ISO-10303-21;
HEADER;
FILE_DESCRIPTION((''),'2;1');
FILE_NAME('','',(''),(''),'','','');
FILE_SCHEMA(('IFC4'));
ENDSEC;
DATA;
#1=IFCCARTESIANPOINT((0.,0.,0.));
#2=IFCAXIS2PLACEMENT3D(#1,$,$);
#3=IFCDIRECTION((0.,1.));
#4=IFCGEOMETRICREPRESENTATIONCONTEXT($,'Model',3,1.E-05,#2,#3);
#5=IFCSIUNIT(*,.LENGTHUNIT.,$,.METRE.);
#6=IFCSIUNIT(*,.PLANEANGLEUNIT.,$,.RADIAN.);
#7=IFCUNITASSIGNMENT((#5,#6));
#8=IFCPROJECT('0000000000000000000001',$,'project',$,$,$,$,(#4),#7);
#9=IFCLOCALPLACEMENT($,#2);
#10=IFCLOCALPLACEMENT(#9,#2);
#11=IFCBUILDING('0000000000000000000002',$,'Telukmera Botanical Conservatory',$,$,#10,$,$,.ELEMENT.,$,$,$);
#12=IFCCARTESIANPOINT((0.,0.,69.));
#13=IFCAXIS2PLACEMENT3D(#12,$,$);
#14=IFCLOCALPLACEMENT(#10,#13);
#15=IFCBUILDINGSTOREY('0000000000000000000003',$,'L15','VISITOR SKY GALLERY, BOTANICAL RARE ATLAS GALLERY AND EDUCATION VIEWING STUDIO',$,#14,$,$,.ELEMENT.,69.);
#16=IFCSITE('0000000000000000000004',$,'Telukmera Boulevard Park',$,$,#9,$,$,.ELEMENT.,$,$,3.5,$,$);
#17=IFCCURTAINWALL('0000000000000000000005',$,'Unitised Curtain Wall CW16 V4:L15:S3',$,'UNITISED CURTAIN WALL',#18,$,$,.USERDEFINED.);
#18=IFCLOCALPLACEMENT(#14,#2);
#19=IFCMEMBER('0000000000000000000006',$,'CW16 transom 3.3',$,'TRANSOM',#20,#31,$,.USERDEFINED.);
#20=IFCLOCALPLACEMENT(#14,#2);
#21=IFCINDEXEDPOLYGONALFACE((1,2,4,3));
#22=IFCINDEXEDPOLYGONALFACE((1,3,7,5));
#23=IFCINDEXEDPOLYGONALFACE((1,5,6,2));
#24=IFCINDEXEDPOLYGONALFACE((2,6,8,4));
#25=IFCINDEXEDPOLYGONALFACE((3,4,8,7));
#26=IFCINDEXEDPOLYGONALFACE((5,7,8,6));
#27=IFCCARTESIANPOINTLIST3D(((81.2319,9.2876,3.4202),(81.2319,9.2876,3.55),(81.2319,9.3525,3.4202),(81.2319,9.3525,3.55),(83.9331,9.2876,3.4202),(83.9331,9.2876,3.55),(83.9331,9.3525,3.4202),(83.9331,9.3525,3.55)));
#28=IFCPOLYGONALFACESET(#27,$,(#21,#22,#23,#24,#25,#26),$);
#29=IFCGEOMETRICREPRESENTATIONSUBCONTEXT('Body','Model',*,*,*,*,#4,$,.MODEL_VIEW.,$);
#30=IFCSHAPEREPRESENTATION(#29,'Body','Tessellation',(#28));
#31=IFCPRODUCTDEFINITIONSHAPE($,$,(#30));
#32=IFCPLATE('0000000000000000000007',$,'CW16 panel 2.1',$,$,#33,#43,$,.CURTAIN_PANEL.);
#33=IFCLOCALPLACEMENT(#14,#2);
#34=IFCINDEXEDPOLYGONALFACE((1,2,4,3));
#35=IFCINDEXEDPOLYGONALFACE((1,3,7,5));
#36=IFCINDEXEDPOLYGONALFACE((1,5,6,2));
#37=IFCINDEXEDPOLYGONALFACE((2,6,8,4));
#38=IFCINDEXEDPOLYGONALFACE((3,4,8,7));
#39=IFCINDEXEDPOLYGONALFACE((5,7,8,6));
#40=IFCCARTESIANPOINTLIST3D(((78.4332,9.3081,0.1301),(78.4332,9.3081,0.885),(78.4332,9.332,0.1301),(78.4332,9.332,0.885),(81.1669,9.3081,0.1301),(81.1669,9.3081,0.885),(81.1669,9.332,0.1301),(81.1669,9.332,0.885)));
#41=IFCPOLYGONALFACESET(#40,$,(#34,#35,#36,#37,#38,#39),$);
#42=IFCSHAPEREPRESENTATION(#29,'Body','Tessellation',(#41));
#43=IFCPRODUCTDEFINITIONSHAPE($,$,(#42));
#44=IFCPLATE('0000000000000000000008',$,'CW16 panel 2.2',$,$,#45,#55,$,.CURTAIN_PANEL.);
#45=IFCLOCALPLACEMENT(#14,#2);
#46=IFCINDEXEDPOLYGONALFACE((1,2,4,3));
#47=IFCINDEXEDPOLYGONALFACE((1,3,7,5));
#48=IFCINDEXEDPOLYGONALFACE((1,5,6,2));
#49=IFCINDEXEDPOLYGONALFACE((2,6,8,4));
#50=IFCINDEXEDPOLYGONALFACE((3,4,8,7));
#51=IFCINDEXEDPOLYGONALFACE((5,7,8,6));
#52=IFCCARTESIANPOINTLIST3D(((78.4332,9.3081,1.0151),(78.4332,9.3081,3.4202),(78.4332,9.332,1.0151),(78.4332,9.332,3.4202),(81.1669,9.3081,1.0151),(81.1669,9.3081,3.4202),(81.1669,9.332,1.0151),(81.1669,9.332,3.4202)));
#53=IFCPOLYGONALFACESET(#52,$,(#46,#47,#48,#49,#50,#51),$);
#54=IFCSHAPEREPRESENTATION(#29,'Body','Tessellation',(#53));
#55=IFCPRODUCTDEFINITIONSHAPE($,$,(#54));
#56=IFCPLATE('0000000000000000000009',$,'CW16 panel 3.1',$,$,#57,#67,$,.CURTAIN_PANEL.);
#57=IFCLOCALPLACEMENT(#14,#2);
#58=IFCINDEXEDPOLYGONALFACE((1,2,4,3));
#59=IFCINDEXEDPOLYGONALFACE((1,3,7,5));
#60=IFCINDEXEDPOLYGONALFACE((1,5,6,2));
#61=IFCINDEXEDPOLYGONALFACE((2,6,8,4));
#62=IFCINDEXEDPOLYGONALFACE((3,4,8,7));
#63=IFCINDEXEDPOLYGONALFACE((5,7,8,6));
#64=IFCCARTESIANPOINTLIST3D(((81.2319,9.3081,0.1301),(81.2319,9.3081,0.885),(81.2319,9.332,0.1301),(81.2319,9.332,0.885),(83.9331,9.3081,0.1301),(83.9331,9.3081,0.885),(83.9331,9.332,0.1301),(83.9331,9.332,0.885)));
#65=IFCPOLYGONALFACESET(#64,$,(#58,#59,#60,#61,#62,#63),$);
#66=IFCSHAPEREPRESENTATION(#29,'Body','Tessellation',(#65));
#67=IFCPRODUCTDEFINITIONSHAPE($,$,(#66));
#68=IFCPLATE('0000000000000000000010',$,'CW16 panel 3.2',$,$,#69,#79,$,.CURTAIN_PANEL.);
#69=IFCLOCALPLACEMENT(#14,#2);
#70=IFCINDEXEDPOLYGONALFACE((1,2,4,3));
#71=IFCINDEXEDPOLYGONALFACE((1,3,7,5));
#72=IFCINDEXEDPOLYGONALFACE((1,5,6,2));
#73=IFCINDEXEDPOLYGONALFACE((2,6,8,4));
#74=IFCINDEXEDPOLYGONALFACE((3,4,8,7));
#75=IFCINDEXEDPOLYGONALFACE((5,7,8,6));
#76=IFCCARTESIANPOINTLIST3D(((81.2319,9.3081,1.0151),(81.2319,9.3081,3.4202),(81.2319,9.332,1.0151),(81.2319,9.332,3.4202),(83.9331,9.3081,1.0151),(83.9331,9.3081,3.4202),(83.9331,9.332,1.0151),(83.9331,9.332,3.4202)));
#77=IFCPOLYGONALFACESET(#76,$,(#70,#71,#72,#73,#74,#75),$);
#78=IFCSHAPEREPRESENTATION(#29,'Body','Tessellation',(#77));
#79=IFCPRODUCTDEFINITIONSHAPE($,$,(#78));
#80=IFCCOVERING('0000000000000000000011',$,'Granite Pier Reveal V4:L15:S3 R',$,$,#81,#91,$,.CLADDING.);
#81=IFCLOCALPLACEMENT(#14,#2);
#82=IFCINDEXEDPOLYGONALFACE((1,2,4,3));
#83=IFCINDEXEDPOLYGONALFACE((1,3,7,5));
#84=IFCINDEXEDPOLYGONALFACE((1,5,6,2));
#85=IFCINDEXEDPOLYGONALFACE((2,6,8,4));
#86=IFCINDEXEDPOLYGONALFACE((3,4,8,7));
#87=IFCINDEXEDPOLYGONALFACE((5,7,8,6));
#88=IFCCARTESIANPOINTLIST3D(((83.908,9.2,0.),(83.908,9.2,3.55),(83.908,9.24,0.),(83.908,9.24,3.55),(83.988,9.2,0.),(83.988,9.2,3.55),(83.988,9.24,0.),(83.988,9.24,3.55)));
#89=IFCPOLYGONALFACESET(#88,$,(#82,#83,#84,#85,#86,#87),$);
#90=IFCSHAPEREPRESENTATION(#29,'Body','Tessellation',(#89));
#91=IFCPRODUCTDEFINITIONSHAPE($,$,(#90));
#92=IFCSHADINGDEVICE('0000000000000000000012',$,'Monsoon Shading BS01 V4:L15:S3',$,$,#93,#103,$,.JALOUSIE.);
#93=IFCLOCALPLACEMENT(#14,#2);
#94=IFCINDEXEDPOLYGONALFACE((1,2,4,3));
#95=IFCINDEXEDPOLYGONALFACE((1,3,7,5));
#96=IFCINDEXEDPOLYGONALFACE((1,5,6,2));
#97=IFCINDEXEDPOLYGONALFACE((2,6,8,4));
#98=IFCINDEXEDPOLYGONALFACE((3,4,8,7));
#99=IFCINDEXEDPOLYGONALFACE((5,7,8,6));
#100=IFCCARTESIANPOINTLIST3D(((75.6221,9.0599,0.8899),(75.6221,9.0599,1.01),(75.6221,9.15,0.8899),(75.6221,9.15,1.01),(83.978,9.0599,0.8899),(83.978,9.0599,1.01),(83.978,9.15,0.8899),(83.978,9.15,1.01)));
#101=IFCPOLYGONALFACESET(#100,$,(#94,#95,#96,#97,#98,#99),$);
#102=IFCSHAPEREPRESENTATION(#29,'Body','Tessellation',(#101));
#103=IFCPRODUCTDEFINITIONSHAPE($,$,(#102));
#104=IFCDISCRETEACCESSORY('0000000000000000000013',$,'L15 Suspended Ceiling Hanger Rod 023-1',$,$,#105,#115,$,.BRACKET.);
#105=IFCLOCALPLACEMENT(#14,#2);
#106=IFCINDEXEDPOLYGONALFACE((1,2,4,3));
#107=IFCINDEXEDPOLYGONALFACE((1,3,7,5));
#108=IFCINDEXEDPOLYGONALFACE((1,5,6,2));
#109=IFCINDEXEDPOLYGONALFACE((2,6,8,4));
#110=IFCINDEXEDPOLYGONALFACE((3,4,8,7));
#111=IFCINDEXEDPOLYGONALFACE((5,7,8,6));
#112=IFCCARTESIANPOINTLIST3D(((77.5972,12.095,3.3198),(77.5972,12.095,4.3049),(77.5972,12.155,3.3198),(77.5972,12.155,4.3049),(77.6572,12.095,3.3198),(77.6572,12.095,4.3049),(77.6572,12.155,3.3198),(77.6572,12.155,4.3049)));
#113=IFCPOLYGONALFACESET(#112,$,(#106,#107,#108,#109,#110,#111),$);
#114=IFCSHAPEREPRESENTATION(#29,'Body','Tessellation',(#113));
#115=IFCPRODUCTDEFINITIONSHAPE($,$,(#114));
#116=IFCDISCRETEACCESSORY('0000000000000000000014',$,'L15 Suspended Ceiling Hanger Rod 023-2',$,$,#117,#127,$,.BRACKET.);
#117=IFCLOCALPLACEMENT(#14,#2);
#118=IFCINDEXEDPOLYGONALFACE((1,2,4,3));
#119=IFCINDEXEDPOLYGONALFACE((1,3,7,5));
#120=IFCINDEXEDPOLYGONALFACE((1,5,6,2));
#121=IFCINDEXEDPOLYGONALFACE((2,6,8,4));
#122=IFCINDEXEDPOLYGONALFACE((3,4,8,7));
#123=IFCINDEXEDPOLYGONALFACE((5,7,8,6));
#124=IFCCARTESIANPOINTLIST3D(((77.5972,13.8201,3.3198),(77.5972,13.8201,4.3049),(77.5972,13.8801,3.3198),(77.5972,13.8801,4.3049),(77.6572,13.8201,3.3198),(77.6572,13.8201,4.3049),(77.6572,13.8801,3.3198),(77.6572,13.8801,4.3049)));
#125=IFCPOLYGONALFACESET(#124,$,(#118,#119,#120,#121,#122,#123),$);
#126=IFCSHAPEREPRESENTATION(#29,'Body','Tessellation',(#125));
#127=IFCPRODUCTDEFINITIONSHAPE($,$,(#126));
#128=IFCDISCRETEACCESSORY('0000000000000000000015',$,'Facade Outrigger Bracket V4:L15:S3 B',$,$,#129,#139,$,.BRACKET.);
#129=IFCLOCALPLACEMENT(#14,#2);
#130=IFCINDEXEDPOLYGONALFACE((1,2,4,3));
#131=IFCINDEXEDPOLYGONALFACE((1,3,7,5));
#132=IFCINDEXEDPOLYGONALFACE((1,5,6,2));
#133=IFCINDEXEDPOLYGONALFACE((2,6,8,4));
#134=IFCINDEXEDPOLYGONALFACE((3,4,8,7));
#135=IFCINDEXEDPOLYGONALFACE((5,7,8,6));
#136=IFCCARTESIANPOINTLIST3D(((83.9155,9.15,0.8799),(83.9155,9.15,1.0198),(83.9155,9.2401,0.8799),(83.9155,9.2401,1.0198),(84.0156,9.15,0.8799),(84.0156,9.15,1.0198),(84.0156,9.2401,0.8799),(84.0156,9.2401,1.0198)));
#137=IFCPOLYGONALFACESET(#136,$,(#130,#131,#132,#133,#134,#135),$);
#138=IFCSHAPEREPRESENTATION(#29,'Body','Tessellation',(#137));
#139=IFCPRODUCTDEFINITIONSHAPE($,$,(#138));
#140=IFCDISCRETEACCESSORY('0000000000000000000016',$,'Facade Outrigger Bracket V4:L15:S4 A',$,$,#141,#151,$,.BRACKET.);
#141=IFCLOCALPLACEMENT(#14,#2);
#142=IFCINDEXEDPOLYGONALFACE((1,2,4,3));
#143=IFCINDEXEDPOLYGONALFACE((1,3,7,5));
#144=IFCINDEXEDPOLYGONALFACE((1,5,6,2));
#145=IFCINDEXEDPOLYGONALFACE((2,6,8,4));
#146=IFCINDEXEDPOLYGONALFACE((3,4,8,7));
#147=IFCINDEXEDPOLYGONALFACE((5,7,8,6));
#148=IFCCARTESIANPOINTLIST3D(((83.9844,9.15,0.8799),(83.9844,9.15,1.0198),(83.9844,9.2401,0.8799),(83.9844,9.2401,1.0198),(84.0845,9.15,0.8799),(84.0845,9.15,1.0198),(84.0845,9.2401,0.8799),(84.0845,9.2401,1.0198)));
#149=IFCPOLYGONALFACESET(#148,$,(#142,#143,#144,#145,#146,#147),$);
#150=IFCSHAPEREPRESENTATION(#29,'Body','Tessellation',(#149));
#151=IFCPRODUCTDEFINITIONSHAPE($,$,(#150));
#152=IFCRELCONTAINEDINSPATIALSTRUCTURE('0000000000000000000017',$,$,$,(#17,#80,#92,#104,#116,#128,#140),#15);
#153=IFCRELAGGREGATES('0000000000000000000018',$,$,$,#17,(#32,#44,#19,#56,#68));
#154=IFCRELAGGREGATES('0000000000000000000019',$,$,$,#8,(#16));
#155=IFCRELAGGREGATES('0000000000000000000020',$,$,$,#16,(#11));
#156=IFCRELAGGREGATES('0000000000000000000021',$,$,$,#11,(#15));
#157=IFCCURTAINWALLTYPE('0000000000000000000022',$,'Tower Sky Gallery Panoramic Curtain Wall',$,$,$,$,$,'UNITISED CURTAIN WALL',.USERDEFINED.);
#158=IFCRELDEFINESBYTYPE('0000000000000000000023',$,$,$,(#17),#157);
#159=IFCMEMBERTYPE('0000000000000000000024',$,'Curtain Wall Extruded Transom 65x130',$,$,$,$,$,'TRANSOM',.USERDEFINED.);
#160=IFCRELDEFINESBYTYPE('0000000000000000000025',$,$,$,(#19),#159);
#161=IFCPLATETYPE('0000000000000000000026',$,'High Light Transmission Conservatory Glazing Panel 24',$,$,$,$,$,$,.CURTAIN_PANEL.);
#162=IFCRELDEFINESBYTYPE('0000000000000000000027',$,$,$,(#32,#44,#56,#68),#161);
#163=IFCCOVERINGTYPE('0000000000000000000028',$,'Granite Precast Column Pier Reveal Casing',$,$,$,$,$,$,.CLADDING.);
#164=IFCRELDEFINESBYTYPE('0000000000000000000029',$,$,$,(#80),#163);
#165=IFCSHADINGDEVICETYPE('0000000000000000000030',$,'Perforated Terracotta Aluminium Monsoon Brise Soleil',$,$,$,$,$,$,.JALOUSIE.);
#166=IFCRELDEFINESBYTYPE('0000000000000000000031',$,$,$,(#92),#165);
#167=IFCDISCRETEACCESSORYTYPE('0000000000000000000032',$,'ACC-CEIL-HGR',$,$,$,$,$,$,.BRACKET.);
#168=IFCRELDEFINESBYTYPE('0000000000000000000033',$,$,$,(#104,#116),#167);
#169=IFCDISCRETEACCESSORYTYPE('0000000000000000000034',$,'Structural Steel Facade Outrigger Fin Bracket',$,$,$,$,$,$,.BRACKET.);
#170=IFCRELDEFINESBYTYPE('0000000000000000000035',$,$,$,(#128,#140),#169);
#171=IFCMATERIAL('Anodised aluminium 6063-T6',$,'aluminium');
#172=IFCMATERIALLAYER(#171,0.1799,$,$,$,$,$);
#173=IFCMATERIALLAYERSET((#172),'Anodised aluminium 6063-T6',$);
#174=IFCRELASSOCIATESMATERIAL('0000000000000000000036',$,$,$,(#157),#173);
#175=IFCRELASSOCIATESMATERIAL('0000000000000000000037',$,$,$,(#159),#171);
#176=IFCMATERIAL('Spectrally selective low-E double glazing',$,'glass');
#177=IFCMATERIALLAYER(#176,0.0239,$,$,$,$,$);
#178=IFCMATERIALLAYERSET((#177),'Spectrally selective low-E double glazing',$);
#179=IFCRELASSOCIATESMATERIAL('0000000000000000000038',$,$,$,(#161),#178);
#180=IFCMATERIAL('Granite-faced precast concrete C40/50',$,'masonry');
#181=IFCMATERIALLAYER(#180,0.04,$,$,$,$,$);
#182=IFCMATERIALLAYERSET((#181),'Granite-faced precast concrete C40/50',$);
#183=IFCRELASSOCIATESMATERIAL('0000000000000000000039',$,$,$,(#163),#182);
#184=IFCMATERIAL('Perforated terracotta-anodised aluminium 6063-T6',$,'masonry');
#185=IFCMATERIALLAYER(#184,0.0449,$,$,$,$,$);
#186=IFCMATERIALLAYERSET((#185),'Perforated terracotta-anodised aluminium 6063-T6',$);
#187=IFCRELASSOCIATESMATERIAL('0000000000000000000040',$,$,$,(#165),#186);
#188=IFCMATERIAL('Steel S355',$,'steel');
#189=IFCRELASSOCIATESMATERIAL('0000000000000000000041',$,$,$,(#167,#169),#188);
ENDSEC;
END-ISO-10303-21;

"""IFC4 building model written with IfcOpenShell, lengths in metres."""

from ifc_helpers import new_model, si_unit, direction, frame, origin, origin_2d, place, context, subcontext, project, spatial, rectangle, extrude, material, layer, layer_set, material_profile, profile_set, type_object, element, aggregate, save


model = new_model("IFC4")

# Units and contexts
model_context = context("Model", 3, precision=1e-05, world=origin(), true_north=direction((0.0, 1.0)))
body_context = subcontext(model_context, "Body", "Model", "MODEL_VIEW")
ifc_project = project(units=[si_unit("LENGTHUNIT", "METRE"), si_unit("PLANEANGLEUNIT", "RADIAN")], contexts=[model_context])

# Site, building, storey
site_placement = place(None, origin())
site = spatial("IfcSite", under=ifc_project, at=site_placement, Name="Telukmera Boulevard Park", CompositionType="ELEMENT", RefElevation=3.5)
building_placement = place(site_placement, origin())
building = spatial("IfcBuilding", under=site, at=building_placement, Name="Telukmera Botanical Conservatory", CompositionType="ELEMENT")
storey_placement = place(building_placement, frame((0.0, 0.0, 69.0)))
storey = spatial("IfcBuildingStorey", under=building, at=storey_placement, Name="L15", Description="VISITOR SKY GALLERY, BOTANICAL RARE ATLAS GALLERY AND EDUCATION VIEWING STUDIO", CompositionType="ELEMENT", Elevation=69.0)

# Curtain wall, member, plates
ifc_material_1 = material(Name="Anodised aluminium 6063-T6", Category="aluminium")
ifc_layer_1 = layer(ifc_material_1, 0.1799)
ifc_layer_set_1 = layer_set([ifc_layer_1], Name="Anodised aluminium 6063-T6")
curtain_wall_type = type_object("IfcCurtainWallType", Name="Tower Sky Gallery Panoramic Curtain Wall", ElementType="UNITISED CURTAIN WALL", PredefinedType="USERDEFINED", material=ifc_layer_set_1)
curtain_wall_placement = place(storey_placement, origin())
curtain_wall = element("IfcCurtainWall", 1, at=curtain_wall_placement, inside=storey, type_object=curtain_wall_type, Name="Unitised Curtain Wall CW16 V4:L15:S3", ObjectType="UNITISED CURTAIN WALL", PredefinedType="USERDEFINED")
ifc_material_profile_1 = material_profile(ifc_material_1, rectangle(XDim=0.0649, YDim=0.1299, at=origin_2d()), Name="ALU TRAN 65x130")
ifc_profile_set_1 = profile_set([ifc_material_profile_1], Name="Anodised aluminium 6063-T6")
member_type_1 = type_object("IfcMemberType", Name="Curtain Wall Extruded Transom 65x130", ElementType="TRANSOM", PredefinedType="USERDEFINED", material=ifc_profile_set_1)
member_1_placement = place(storey_placement, frame((81.2319, 9.3201, 3.4851), z_axis=(1.0, 0.0, 0.0), x_axis=(0.0, 1.0, 0.0)))
member_1 = element("IfcMember", 2, at=member_1_placement, type_object=member_type_1, Name="CW16 transom 3.3", ObjectType="TRANSOM", PredefinedType="USERDEFINED", context=body_context, shape_type="SweptSolid", body=[
    extrude(rectangle(XDim=0.0649, YDim=0.1299, at=origin_2d()), origin(), (0.0, 0.0, 1.0), 2.7012),
])
ifc_material_2 = material(Name="Spectrally selective low-E double glazing", Category="glass")
ifc_layer_2 = layer(ifc_material_2, 0.0239)
ifc_layer_set_2 = layer_set([ifc_layer_2], Name="Spectrally selective low-E double glazing")
plate_type = type_object("IfcPlateType", Name="High Light Transmission Conservatory Glazing Panel 24", PredefinedType="CURTAIN_PANEL", material=ifc_layer_set_2)
plate_1_placement = place(storey_placement, frame((79.8, 9.3201, 0.1301), z_axis=(0.0, 0.0, 1.0), x_axis=(1.0, 0.0, 0.0)))
plate_1 = element("IfcPlate", 3, at=plate_1_placement, type_object=plate_type, Name="CW16 panel 2.1", PredefinedType="CURTAIN_PANEL", context=body_context, shape_type="SweptSolid", body=[
    extrude(rectangle(XDim=2.7336, YDim=0.0239, at=origin_2d()), origin(), (0.0, 0.0, 1.0), 0.7549),
])
plate_2_placement = place(storey_placement, frame((79.8, 9.3201, 1.0151), z_axis=(0.0, 0.0, 1.0), x_axis=(1.0, 0.0, 0.0)))
plate_2 = element("IfcPlate", 4, at=plate_2_placement, type_object=plate_type, Name="CW16 panel 2.2", PredefinedType="CURTAIN_PANEL", context=body_context, shape_type="SweptSolid", body=[
    extrude(rectangle(XDim=2.7336, YDim=0.0239, at=origin_2d()), origin(), (0.0, 0.0, 1.0), 2.405),
])
plate_3_placement = place(storey_placement, frame((82.5825, 9.3201, 0.1301), z_axis=(0.0, 0.0, 1.0), x_axis=(1.0, 0.0, 0.0)))
plate_3 = element("IfcPlate", 5, at=plate_3_placement, type_object=plate_type, Name="CW16 panel 3.1", PredefinedType="CURTAIN_PANEL", context=body_context, shape_type="SweptSolid", body=[
    extrude(rectangle(XDim=2.7012, YDim=0.0239, at=origin_2d()), origin(), (0.0, 0.0, 1.0), 0.7549),
])
plate_4_placement = place(storey_placement, frame((82.5825, 9.3201, 1.0151), z_axis=(0.0, 0.0, 1.0), x_axis=(1.0, 0.0, 0.0)))
plate_4 = element("IfcPlate", 6, at=plate_4_placement, type_object=plate_type, Name="CW16 panel 3.2", PredefinedType="CURTAIN_PANEL", context=body_context, shape_type="SweptSolid", body=[
    extrude(rectangle(XDim=2.7012, YDim=0.0239, at=origin_2d()), origin(), (0.0, 0.0, 1.0), 2.405),
])
aggregate(curtain_wall, [plate_1, plate_2, member_1, plate_3, plate_4])

# Covering
ifc_material_3 = material(Name="Granite-faced precast concrete C40/50", Category="masonry")
ifc_layer_3 = layer(ifc_material_3, 0.04)
ifc_layer_set_3 = layer_set([ifc_layer_3], Name="Granite-faced precast concrete C40/50")
covering_type = type_object("IfcCoveringType", Name="Granite Precast Column Pier Reveal Casing", PredefinedType="CLADDING", material=ifc_layer_set_3)
covering_placement = place(storey_placement, frame((83.948, 9.22, 0.0), z_axis=(0.0, 0.0, 1.0), x_axis=(1.0, 0.0, 0.0)))
element("IfcCovering", 7, at=covering_placement, inside=storey, type_object=covering_type, Name="Granite Pier Reveal V4:L15:S3 R", PredefinedType="CLADDING", context=body_context, shape_type="SweptSolid", body=[
    extrude(rectangle(XDim=0.0801, YDim=0.04, at=origin_2d()), origin(), (0.0, 0.0, 1.0), 3.55),
])

# Shading device
ifc_material_4 = material(Name="Perforated terracotta-anodised aluminium 6063-T6", Category="masonry")
ifc_layer_4 = layer(ifc_material_4, 0.0449)
ifc_layer_set_4 = layer_set([ifc_layer_4], Name="Perforated terracotta-anodised aluminium 6063-T6")
shading_device_type = type_object("IfcShadingDeviceType", Name="Perforated Terracotta Aluminium Monsoon Brise Soleil", PredefinedType="JALOUSIE", material=ifc_layer_set_4)
shading_device_placement = place(storey_placement, frame((79.8, 9.105, 0.8899), z_axis=(0.0, 0.0, 1.0), x_axis=(1.0, 0.0, 0.0)))
element("IfcShadingDevice", 8, at=shading_device_placement, inside=storey, type_object=shading_device_type, Name="Monsoon Shading BS01 V4:L15:S3", PredefinedType="JALOUSIE", context=body_context, shape_type="SweptSolid", body=[
    extrude(rectangle(XDim=8.356, YDim=0.0901, at=origin_2d()), origin(), (0.0, 0.0, 1.0), 0.1201),
])

# Discrete accessories
ifc_material_5 = material(Name="Steel S355", Category="steel")
discrete_accessory_type_1 = type_object("IfcDiscreteAccessoryType", Name="ACC-CEIL-HGR", PredefinedType="BRACKET", material=ifc_material_5)
for number, where, z_axis, x_axis, name in (
    (9, (77.6272, 12.125, 3.3198), (0.0, 0.0, 1.0), (1.0, 0.0, 0.0), "L15 Suspended Ceiling Hanger Rod 023-1"),
    (10, (77.6272, 13.8501, 3.3198), (0.0, 0.0, 1.0), (1.0, 0.0, 0.0), "L15 Suspended Ceiling Hanger Rod 023-2"),
):
    element("IfcDiscreteAccessory", number, at=place(storey_placement, frame(where, z_axis=z_axis, x_axis=x_axis)), inside=storey, type_object=discrete_accessory_type_1, Name=name, PredefinedType="BRACKET", context=body_context, shape_type="SweptSolid", body=[
        extrude(rectangle(XDim=0.0601, YDim=0.0601, at=origin_2d()), origin(), (0.0, 0.0, 1.0), 0.9851),
    ])
discrete_accessory_type_2 = type_object("IfcDiscreteAccessoryType", Name="Structural Steel Facade Outrigger Fin Bracket", PredefinedType="BRACKET", material=ifc_material_5)
for number, where, z_axis, x_axis, name in (
    (11, (83.9656, 9.1951, 0.8799), (0.0, 0.0, 1.0), (1.0, 0.0, 0.0), "Facade Outrigger Bracket V4:L15:S3 B"),
    (12, (84.0344, 9.1951, 0.8799), (0.0, 0.0, 1.0), (1.0, 0.0, 0.0), "Facade Outrigger Bracket V4:L15:S4 A"),
):
    element("IfcDiscreteAccessory", number, at=place(storey_placement, frame(where, z_axis=z_axis, x_axis=x_axis)), inside=storey, type_object=discrete_accessory_type_2, Name=name, PredefinedType="BRACKET", context=body_context, shape_type="SweptSolid", body=[
        extrude(rectangle(XDim=0.1001, YDim=0.0901, at=origin_2d()), origin(), (0.0, 0.0, 1.0), 0.1399),
    ])

save(model, "model.ifc")
